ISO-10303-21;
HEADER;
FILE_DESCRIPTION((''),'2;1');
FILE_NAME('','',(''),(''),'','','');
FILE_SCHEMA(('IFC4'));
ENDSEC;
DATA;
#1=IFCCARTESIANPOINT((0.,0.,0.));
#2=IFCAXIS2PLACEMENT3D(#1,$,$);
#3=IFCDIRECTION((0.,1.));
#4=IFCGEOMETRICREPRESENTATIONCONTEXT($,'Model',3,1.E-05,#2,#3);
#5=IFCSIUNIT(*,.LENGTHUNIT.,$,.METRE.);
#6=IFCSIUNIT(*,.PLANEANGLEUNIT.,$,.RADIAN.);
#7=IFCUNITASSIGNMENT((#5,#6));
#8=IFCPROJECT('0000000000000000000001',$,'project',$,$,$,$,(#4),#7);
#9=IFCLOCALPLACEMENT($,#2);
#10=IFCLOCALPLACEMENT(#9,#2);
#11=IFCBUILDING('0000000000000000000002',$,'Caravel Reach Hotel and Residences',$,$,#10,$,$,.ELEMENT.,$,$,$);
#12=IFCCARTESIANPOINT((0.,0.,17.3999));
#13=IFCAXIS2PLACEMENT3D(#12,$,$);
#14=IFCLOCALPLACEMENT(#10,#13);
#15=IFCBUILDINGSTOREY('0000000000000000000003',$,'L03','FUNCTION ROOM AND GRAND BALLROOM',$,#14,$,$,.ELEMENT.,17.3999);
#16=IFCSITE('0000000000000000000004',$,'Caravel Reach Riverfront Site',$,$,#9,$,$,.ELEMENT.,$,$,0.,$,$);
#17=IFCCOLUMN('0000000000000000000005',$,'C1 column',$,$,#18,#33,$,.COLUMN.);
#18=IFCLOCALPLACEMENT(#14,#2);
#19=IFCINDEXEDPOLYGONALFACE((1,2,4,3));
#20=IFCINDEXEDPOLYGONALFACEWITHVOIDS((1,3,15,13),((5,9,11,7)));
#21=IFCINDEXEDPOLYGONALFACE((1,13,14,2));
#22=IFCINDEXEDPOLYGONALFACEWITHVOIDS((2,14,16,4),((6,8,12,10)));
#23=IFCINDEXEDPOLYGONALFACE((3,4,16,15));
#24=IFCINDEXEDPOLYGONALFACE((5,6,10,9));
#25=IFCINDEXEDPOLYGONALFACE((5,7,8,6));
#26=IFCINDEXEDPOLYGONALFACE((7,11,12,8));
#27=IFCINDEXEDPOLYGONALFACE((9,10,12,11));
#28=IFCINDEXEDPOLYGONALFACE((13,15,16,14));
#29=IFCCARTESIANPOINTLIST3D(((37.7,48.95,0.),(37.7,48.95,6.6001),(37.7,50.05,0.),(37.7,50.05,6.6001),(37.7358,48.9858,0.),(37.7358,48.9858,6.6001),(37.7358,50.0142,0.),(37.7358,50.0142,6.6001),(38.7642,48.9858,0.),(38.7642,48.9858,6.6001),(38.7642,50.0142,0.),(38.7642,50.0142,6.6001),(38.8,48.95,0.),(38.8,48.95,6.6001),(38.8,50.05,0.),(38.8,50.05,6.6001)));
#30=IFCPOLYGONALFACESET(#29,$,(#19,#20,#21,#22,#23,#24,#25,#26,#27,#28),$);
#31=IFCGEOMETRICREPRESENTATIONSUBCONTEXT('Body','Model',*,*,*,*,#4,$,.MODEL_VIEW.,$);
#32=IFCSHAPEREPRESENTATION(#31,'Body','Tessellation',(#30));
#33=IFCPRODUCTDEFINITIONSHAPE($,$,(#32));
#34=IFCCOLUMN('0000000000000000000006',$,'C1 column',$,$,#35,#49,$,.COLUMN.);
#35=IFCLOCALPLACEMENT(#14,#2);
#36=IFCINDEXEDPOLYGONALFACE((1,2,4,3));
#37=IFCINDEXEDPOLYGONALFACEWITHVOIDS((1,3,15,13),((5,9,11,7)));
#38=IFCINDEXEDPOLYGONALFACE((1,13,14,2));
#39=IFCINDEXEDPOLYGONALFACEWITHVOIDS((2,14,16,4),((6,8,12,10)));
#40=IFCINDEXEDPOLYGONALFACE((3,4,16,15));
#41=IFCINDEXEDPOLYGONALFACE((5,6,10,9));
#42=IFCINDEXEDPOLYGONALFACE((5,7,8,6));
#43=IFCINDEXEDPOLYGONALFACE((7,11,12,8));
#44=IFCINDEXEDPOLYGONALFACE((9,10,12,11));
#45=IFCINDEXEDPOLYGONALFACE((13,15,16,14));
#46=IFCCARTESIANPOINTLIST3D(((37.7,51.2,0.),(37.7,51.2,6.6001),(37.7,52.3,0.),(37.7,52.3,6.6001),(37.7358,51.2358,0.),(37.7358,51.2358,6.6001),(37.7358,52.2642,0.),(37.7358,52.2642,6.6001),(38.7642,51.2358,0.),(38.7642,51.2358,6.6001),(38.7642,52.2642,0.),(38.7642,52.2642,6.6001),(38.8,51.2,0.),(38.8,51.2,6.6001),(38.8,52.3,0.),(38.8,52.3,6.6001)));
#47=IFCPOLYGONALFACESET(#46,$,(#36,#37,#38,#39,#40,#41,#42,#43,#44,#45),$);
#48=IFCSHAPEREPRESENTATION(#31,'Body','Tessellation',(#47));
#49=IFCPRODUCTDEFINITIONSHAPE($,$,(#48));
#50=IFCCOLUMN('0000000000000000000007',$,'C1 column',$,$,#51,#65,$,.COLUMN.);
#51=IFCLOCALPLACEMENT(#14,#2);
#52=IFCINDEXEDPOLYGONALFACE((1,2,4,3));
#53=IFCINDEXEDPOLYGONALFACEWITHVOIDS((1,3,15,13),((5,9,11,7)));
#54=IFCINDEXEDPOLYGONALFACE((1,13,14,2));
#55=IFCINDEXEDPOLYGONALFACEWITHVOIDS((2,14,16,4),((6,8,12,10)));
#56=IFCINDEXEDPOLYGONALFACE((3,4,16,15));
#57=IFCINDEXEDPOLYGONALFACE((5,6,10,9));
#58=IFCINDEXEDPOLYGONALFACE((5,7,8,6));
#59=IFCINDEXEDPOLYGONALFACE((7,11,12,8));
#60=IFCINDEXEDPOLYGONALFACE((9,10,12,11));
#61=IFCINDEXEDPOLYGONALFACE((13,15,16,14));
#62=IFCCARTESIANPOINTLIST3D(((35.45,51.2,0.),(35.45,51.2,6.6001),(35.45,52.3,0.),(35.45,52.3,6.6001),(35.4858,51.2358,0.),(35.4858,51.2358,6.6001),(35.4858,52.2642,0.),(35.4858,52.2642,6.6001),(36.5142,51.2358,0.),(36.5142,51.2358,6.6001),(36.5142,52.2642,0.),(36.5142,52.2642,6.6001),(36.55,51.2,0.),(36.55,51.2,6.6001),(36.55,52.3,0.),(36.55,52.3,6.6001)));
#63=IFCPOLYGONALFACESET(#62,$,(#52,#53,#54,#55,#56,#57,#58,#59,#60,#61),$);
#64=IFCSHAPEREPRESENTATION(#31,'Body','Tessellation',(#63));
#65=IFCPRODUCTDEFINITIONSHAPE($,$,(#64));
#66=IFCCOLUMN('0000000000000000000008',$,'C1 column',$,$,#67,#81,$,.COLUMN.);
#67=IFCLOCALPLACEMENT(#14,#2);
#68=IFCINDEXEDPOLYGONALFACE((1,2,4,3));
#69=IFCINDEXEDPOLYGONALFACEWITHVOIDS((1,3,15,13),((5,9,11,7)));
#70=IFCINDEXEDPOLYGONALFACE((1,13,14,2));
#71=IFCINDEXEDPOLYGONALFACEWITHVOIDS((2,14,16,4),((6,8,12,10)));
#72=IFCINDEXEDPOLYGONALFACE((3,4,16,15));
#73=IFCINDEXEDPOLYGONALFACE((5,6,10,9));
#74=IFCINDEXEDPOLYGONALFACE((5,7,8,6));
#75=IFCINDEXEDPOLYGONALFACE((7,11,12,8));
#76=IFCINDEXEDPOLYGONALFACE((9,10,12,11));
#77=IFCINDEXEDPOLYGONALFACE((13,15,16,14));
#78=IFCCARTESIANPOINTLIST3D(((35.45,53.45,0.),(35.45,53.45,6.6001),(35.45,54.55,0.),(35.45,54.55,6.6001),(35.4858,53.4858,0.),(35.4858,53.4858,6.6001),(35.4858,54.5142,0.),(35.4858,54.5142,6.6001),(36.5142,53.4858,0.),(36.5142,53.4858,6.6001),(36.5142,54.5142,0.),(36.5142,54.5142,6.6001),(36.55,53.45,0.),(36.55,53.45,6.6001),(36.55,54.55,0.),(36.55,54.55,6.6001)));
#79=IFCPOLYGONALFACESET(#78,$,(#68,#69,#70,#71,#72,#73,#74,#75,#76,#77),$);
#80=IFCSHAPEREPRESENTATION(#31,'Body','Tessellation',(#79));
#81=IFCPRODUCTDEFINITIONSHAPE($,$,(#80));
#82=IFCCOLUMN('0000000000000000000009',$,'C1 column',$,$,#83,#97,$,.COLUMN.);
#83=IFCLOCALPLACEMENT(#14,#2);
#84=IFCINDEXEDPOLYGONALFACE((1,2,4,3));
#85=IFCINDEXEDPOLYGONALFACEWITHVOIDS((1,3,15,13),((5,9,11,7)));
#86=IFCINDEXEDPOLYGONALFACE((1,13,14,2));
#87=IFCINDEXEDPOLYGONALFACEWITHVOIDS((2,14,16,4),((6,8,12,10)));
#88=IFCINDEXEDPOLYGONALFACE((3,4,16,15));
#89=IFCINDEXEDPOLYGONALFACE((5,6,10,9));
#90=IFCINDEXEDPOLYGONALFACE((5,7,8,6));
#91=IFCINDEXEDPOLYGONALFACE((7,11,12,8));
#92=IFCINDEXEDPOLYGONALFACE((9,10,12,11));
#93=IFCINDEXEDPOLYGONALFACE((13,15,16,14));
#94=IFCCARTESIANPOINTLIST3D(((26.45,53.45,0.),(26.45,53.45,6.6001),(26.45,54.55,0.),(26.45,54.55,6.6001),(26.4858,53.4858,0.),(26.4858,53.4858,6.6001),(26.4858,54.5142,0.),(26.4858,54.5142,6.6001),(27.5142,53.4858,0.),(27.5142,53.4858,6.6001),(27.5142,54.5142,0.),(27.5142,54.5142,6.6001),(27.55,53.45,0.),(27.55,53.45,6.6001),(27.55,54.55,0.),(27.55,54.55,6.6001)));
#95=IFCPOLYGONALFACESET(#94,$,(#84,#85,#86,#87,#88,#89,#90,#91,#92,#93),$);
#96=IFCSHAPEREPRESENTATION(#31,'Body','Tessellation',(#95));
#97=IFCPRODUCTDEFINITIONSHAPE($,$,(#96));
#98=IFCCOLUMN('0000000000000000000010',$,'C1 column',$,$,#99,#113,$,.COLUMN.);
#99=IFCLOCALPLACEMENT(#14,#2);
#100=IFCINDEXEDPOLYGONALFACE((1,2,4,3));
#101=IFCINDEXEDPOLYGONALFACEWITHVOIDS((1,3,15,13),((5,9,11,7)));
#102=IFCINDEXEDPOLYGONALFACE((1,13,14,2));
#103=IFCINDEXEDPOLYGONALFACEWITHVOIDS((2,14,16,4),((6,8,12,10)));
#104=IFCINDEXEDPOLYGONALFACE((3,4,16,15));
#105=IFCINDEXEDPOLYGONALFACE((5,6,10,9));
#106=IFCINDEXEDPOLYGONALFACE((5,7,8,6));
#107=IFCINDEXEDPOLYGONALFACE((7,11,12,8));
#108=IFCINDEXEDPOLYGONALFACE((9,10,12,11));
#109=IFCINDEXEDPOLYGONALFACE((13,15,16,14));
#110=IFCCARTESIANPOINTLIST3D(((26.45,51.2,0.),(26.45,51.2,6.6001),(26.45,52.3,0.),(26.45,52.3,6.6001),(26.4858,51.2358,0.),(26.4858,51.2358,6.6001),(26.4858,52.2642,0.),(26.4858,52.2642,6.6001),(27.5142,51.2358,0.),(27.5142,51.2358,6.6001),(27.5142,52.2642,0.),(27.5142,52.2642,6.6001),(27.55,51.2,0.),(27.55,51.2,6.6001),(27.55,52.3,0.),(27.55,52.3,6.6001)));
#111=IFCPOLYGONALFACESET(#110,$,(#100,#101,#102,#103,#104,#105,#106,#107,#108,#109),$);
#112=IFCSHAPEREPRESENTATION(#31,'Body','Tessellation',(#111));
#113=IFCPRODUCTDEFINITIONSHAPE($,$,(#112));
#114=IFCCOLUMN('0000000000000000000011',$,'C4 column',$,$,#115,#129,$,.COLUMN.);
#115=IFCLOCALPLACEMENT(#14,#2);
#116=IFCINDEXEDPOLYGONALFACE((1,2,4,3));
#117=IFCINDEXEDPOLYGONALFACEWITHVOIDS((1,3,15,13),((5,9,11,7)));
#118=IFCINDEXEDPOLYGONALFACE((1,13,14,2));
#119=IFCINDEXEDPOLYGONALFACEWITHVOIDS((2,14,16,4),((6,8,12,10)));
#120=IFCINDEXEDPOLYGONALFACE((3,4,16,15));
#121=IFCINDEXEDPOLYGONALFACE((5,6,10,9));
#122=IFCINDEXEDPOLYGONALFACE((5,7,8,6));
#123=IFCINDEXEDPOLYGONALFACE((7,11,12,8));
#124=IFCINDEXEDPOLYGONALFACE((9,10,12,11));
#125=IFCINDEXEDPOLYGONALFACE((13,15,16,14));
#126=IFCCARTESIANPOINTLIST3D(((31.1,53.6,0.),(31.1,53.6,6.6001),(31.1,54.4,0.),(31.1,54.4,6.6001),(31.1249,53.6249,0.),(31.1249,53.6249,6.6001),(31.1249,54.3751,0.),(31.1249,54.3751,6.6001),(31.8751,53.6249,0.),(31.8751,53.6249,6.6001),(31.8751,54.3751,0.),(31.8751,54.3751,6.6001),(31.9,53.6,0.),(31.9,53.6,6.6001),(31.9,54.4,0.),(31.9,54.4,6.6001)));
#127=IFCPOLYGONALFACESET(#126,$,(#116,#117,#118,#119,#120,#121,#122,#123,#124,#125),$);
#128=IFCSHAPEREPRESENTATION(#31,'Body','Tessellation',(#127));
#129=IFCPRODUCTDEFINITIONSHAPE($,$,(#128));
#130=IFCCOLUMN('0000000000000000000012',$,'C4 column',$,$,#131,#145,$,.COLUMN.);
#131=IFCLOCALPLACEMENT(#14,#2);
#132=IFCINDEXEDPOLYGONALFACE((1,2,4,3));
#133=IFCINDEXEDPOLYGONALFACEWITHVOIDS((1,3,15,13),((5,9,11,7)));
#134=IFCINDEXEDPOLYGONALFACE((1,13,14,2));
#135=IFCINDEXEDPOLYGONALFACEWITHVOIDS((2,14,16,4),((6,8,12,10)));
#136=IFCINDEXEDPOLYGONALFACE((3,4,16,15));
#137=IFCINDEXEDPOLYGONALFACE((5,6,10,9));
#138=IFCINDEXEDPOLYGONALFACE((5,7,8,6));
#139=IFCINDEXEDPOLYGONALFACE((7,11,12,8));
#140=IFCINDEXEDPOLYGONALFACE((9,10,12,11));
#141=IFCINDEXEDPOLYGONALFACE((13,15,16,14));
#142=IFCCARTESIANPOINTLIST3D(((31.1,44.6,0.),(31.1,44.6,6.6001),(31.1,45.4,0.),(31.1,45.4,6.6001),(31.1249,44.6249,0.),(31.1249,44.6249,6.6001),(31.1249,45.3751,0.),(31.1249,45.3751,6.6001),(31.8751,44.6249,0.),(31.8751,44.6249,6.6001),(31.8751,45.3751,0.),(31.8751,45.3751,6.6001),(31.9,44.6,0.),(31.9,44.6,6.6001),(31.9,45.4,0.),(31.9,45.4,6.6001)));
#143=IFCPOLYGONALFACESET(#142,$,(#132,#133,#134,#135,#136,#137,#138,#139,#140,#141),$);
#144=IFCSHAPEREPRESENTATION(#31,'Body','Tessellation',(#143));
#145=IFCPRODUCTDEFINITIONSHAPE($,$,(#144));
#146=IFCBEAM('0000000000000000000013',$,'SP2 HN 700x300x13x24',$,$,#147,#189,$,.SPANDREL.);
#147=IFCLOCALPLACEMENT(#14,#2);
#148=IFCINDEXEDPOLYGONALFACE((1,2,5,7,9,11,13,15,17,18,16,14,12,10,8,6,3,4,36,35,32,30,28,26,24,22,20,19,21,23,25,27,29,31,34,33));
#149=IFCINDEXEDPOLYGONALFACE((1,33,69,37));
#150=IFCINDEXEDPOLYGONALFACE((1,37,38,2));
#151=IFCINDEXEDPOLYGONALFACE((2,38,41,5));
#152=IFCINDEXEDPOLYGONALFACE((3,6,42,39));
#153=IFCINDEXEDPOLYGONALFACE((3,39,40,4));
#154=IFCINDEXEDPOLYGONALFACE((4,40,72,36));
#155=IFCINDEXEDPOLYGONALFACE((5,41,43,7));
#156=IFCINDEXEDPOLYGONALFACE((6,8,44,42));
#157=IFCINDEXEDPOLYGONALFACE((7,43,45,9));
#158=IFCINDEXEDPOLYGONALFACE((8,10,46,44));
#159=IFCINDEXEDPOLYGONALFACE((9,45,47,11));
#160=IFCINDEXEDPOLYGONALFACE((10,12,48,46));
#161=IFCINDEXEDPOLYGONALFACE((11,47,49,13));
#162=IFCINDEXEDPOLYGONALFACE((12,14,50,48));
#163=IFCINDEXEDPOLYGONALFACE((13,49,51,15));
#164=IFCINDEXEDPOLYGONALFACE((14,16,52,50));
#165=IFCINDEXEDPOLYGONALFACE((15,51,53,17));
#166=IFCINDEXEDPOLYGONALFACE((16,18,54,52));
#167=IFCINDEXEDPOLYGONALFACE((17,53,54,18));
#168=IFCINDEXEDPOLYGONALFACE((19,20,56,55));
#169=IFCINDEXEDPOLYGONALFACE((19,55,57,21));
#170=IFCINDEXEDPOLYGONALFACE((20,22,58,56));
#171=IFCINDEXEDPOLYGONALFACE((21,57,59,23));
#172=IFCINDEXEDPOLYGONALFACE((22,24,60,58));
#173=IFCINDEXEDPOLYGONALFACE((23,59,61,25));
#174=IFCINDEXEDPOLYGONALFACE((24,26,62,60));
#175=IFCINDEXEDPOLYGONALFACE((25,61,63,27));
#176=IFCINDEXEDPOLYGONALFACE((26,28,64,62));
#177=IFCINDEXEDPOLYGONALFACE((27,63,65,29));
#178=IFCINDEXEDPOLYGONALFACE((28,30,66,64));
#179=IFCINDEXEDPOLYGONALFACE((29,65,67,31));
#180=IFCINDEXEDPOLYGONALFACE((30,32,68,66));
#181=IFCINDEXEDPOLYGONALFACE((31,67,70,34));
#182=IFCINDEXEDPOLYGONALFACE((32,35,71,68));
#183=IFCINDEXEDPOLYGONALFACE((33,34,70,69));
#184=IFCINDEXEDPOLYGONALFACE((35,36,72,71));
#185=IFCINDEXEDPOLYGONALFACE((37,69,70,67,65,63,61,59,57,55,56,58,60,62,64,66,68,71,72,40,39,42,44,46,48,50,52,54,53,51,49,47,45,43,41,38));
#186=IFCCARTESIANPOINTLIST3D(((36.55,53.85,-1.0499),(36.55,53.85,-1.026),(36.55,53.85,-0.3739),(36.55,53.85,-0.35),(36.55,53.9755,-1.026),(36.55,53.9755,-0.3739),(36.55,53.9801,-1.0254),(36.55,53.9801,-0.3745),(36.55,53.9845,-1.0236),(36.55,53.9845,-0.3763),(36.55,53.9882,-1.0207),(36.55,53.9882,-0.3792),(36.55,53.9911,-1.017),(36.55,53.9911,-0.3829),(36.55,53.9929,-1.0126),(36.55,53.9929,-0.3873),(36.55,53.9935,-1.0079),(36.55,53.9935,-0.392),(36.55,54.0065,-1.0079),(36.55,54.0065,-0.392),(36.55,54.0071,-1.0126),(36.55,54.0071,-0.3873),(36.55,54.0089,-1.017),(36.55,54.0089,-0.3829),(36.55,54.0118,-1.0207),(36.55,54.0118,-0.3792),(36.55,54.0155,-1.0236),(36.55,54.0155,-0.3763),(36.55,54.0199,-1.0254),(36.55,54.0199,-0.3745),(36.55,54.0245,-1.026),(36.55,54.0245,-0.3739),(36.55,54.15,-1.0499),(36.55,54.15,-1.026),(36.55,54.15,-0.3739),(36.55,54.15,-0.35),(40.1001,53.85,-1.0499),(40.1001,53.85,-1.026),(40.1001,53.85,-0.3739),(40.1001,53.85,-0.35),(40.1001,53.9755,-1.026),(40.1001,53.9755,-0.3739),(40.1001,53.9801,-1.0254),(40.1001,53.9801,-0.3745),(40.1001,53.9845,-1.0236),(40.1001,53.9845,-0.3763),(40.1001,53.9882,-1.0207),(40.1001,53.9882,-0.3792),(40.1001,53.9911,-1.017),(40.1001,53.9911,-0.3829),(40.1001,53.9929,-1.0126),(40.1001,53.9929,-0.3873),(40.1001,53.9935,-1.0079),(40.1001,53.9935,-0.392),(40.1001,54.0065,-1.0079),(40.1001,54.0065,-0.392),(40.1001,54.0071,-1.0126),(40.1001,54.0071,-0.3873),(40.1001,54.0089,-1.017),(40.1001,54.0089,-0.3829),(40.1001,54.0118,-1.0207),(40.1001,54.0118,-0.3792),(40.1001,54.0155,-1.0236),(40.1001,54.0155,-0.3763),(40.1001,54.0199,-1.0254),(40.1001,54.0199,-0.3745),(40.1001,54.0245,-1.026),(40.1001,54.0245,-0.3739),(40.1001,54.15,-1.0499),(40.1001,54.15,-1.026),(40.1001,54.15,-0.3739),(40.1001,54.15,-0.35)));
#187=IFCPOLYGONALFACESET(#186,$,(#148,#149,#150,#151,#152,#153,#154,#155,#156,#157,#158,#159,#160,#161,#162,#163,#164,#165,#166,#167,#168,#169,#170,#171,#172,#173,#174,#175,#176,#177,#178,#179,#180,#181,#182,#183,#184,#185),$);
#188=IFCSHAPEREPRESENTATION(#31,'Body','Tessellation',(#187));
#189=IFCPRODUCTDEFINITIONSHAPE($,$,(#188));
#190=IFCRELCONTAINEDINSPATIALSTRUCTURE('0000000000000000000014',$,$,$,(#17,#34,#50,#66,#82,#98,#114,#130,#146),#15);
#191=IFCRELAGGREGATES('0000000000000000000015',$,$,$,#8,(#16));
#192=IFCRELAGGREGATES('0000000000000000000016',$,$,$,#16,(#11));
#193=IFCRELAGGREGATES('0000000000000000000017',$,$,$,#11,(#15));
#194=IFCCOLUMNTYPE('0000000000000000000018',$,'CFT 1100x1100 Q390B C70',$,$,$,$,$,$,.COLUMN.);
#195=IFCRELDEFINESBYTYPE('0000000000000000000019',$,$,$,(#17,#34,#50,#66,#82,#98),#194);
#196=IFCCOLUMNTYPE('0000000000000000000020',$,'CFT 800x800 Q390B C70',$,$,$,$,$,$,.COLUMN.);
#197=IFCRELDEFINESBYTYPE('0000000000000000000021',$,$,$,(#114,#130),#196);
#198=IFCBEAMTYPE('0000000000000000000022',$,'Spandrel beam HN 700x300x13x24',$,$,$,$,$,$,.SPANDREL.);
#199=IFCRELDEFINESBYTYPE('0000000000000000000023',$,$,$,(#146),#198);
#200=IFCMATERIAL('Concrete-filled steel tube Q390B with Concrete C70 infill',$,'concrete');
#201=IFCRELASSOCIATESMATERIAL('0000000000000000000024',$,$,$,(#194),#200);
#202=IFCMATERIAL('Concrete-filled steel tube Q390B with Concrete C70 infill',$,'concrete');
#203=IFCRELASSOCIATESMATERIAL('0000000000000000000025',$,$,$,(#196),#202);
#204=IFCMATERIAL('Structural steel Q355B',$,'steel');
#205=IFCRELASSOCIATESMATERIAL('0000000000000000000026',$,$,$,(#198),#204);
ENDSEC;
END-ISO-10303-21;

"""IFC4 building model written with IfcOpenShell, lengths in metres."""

from ifc_helpers import new_model, si_unit, direction, frame, origin, origin_2d, place, context, subcontext, project, spatial, hollow_rectangle, i_section, extrude, material, material_profile, profile_set, type_object, element, save


model = new_model("IFC4")

# Units and contexts
model_context = context("Model", 3, precision=1e-05, world=origin(), true_north=direction((0.0, 1.0)))
body_context = subcontext(model_context, "Body", "Model", "MODEL_VIEW")
ifc_project = project(units=[si_unit("LENGTHUNIT", "METRE"), si_unit("PLANEANGLEUNIT", "RADIAN")], contexts=[model_context])

# Site, building, storey
site_placement = place(None, origin())
site = spatial("IfcSite", under=ifc_project, at=site_placement, Name="Caravel Reach Riverfront Site", CompositionType="ELEMENT", RefElevation=0.0)
building_placement = place(site_placement, origin())
building = spatial("IfcBuilding", under=site, at=building_placement, Name="Caravel Reach Hotel and Residences", CompositionType="ELEMENT")
storey_placement = place(building_placement, frame((0.0, 0.0, 17.3999)))
storey = spatial("IfcBuildingStorey", under=building, at=storey_placement, Name="L03", Description="FUNCTION ROOM AND GRAND BALLROOM", CompositionType="ELEMENT", Elevation=17.3999)

# Columns
ifc_material_1 = material(Name="Concrete-filled steel tube Q390B with Concrete C70 infill", Category="concrete")
ifc_material_profile_1 = material_profile(ifc_material_1, hollow_rectangle(XDim=1.1001, YDim=1.1001, WallThickness=0.0359, at=origin_2d()), Name="RHS 1100x1100x36")
ifc_profile_set_1 = profile_set([ifc_material_profile_1], Name="Concrete-filled steel tube Q390B with Concrete C70 infill")
column_type_1 = type_object("IfcColumnType", Name="CFT 1100x1100 Q390B C70", PredefinedType="COLUMN", material=ifc_profile_set_1)
for number, where, z_axis, x_axis, name in (
    (1, (38.25, 49.5, 0.0), (0.0, 0.0, 1.0), (1.0, 0.0, 0.0), "C1 column"),
    (2, (38.25, 51.75, 0.0), (0.0, 0.0, 1.0), (1.0, 0.0, 0.0), "C1 column"),
    (3, (36.0, 51.75, 0.0), (0.0, 0.0, 1.0), (1.0, 0.0, 0.0), "C1 column"),
    (4, (36.0, 54.0, 0.0), (0.0, 0.0, 1.0), (1.0, 0.0, 0.0), "C1 column"),
    (5, (27.0, 54.0, 0.0), (0.0, 0.0, 1.0), (1.0, 0.0, 0.0), "C1 column"),
    (6, (27.0, 51.75, 0.0), (0.0, 0.0, 1.0), (1.0, 0.0, 0.0), "C1 column"),
):
    element("IfcColumn", number, at=place(storey_placement, frame(where, z_axis=z_axis, x_axis=x_axis)), inside=storey, type_object=column_type_1, Name=name, PredefinedType="COLUMN", context=body_context, shape_type="SweptSolid", body=[
        extrude(hollow_rectangle(XDim=1.1001, YDim=1.1001, WallThickness=0.0359, at=origin_2d()), origin(), (0.0, 0.0, 1.0), 6.6001),
    ])
ifc_material_2 = material(Name="Concrete-filled steel tube Q390B with Concrete C70 infill", Category="concrete")
ifc_material_profile_2 = material_profile(ifc_material_2, hollow_rectangle(XDim=0.8, YDim=0.8, WallThickness=0.0249, at=origin_2d()), Name="RHS 800x800x25")
ifc_profile_set_2 = profile_set([ifc_material_profile_2], Name="Concrete-filled steel tube Q390B with Concrete C70 infill")
column_type_2 = type_object("IfcColumnType", Name="CFT 800x800 Q390B C70", PredefinedType="COLUMN", material=ifc_profile_set_2)
for number, where, z_axis, x_axis, name in (
    (7, (31.5, 54.0, 0.0), (0.0, 0.0, 1.0), (1.0, 0.0, 0.0), "C4 column"),
    (8, (31.5, 45.0, 0.0), (0.0, 0.0, 1.0), (1.0, 0.0, 0.0), "C4 column"),
):
    element("IfcColumn", number, at=place(storey_placement, frame(where, z_axis=z_axis, x_axis=x_axis)), inside=storey, type_object=column_type_2, Name=name, PredefinedType="COLUMN", context=body_context, shape_type="SweptSolid", body=[
        extrude(hollow_rectangle(XDim=0.8, YDim=0.8, WallThickness=0.0249, at=origin_2d()), origin(), (0.0, 0.0, 1.0), 6.6001),
    ])

# Beam
ifc_material_3 = material(Name="Structural steel Q355B", Category="steel")
ifc_material_profile_3 = material_profile(ifc_material_3, i_section(OverallWidth=0.3, OverallDepth=0.7, WebThickness=0.0129, FlangeThickness=0.0239, FilletRadius=0.0181, at=origin_2d()), Name="HN 700x300x13x24")
ifc_profile_set_3 = profile_set([ifc_material_profile_3], Name="Structural steel Q355B")
beam_type = type_object("IfcBeamType", Name="Spandrel beam HN 700x300x13x24", PredefinedType="SPANDREL", material=ifc_profile_set_3)
for number, where, z_axis, x_axis, name in (
    (9, (40.1001, 54.0, -0.7), (-1.0, 0.0, 0.0), (0.0, -1.0, 0.0), "SP2 HN 700x300x13x24"),
):
    element("IfcBeam", number, at=place(storey_placement, frame(where, z_axis=z_axis, x_axis=x_axis)), inside=storey, type_object=beam_type, Name=name, PredefinedType="SPANDREL", context=body_context, shape_type="SweptSolid", body=[
        extrude(i_section(OverallWidth=0.3, OverallDepth=0.7, WebThickness=0.0129, FlangeThickness=0.0239, FilletRadius=0.0181, at=origin_2d()), origin(), (0.0, 0.0, 1.0), 3.55),
    ])

save(model, "model.ifc")
